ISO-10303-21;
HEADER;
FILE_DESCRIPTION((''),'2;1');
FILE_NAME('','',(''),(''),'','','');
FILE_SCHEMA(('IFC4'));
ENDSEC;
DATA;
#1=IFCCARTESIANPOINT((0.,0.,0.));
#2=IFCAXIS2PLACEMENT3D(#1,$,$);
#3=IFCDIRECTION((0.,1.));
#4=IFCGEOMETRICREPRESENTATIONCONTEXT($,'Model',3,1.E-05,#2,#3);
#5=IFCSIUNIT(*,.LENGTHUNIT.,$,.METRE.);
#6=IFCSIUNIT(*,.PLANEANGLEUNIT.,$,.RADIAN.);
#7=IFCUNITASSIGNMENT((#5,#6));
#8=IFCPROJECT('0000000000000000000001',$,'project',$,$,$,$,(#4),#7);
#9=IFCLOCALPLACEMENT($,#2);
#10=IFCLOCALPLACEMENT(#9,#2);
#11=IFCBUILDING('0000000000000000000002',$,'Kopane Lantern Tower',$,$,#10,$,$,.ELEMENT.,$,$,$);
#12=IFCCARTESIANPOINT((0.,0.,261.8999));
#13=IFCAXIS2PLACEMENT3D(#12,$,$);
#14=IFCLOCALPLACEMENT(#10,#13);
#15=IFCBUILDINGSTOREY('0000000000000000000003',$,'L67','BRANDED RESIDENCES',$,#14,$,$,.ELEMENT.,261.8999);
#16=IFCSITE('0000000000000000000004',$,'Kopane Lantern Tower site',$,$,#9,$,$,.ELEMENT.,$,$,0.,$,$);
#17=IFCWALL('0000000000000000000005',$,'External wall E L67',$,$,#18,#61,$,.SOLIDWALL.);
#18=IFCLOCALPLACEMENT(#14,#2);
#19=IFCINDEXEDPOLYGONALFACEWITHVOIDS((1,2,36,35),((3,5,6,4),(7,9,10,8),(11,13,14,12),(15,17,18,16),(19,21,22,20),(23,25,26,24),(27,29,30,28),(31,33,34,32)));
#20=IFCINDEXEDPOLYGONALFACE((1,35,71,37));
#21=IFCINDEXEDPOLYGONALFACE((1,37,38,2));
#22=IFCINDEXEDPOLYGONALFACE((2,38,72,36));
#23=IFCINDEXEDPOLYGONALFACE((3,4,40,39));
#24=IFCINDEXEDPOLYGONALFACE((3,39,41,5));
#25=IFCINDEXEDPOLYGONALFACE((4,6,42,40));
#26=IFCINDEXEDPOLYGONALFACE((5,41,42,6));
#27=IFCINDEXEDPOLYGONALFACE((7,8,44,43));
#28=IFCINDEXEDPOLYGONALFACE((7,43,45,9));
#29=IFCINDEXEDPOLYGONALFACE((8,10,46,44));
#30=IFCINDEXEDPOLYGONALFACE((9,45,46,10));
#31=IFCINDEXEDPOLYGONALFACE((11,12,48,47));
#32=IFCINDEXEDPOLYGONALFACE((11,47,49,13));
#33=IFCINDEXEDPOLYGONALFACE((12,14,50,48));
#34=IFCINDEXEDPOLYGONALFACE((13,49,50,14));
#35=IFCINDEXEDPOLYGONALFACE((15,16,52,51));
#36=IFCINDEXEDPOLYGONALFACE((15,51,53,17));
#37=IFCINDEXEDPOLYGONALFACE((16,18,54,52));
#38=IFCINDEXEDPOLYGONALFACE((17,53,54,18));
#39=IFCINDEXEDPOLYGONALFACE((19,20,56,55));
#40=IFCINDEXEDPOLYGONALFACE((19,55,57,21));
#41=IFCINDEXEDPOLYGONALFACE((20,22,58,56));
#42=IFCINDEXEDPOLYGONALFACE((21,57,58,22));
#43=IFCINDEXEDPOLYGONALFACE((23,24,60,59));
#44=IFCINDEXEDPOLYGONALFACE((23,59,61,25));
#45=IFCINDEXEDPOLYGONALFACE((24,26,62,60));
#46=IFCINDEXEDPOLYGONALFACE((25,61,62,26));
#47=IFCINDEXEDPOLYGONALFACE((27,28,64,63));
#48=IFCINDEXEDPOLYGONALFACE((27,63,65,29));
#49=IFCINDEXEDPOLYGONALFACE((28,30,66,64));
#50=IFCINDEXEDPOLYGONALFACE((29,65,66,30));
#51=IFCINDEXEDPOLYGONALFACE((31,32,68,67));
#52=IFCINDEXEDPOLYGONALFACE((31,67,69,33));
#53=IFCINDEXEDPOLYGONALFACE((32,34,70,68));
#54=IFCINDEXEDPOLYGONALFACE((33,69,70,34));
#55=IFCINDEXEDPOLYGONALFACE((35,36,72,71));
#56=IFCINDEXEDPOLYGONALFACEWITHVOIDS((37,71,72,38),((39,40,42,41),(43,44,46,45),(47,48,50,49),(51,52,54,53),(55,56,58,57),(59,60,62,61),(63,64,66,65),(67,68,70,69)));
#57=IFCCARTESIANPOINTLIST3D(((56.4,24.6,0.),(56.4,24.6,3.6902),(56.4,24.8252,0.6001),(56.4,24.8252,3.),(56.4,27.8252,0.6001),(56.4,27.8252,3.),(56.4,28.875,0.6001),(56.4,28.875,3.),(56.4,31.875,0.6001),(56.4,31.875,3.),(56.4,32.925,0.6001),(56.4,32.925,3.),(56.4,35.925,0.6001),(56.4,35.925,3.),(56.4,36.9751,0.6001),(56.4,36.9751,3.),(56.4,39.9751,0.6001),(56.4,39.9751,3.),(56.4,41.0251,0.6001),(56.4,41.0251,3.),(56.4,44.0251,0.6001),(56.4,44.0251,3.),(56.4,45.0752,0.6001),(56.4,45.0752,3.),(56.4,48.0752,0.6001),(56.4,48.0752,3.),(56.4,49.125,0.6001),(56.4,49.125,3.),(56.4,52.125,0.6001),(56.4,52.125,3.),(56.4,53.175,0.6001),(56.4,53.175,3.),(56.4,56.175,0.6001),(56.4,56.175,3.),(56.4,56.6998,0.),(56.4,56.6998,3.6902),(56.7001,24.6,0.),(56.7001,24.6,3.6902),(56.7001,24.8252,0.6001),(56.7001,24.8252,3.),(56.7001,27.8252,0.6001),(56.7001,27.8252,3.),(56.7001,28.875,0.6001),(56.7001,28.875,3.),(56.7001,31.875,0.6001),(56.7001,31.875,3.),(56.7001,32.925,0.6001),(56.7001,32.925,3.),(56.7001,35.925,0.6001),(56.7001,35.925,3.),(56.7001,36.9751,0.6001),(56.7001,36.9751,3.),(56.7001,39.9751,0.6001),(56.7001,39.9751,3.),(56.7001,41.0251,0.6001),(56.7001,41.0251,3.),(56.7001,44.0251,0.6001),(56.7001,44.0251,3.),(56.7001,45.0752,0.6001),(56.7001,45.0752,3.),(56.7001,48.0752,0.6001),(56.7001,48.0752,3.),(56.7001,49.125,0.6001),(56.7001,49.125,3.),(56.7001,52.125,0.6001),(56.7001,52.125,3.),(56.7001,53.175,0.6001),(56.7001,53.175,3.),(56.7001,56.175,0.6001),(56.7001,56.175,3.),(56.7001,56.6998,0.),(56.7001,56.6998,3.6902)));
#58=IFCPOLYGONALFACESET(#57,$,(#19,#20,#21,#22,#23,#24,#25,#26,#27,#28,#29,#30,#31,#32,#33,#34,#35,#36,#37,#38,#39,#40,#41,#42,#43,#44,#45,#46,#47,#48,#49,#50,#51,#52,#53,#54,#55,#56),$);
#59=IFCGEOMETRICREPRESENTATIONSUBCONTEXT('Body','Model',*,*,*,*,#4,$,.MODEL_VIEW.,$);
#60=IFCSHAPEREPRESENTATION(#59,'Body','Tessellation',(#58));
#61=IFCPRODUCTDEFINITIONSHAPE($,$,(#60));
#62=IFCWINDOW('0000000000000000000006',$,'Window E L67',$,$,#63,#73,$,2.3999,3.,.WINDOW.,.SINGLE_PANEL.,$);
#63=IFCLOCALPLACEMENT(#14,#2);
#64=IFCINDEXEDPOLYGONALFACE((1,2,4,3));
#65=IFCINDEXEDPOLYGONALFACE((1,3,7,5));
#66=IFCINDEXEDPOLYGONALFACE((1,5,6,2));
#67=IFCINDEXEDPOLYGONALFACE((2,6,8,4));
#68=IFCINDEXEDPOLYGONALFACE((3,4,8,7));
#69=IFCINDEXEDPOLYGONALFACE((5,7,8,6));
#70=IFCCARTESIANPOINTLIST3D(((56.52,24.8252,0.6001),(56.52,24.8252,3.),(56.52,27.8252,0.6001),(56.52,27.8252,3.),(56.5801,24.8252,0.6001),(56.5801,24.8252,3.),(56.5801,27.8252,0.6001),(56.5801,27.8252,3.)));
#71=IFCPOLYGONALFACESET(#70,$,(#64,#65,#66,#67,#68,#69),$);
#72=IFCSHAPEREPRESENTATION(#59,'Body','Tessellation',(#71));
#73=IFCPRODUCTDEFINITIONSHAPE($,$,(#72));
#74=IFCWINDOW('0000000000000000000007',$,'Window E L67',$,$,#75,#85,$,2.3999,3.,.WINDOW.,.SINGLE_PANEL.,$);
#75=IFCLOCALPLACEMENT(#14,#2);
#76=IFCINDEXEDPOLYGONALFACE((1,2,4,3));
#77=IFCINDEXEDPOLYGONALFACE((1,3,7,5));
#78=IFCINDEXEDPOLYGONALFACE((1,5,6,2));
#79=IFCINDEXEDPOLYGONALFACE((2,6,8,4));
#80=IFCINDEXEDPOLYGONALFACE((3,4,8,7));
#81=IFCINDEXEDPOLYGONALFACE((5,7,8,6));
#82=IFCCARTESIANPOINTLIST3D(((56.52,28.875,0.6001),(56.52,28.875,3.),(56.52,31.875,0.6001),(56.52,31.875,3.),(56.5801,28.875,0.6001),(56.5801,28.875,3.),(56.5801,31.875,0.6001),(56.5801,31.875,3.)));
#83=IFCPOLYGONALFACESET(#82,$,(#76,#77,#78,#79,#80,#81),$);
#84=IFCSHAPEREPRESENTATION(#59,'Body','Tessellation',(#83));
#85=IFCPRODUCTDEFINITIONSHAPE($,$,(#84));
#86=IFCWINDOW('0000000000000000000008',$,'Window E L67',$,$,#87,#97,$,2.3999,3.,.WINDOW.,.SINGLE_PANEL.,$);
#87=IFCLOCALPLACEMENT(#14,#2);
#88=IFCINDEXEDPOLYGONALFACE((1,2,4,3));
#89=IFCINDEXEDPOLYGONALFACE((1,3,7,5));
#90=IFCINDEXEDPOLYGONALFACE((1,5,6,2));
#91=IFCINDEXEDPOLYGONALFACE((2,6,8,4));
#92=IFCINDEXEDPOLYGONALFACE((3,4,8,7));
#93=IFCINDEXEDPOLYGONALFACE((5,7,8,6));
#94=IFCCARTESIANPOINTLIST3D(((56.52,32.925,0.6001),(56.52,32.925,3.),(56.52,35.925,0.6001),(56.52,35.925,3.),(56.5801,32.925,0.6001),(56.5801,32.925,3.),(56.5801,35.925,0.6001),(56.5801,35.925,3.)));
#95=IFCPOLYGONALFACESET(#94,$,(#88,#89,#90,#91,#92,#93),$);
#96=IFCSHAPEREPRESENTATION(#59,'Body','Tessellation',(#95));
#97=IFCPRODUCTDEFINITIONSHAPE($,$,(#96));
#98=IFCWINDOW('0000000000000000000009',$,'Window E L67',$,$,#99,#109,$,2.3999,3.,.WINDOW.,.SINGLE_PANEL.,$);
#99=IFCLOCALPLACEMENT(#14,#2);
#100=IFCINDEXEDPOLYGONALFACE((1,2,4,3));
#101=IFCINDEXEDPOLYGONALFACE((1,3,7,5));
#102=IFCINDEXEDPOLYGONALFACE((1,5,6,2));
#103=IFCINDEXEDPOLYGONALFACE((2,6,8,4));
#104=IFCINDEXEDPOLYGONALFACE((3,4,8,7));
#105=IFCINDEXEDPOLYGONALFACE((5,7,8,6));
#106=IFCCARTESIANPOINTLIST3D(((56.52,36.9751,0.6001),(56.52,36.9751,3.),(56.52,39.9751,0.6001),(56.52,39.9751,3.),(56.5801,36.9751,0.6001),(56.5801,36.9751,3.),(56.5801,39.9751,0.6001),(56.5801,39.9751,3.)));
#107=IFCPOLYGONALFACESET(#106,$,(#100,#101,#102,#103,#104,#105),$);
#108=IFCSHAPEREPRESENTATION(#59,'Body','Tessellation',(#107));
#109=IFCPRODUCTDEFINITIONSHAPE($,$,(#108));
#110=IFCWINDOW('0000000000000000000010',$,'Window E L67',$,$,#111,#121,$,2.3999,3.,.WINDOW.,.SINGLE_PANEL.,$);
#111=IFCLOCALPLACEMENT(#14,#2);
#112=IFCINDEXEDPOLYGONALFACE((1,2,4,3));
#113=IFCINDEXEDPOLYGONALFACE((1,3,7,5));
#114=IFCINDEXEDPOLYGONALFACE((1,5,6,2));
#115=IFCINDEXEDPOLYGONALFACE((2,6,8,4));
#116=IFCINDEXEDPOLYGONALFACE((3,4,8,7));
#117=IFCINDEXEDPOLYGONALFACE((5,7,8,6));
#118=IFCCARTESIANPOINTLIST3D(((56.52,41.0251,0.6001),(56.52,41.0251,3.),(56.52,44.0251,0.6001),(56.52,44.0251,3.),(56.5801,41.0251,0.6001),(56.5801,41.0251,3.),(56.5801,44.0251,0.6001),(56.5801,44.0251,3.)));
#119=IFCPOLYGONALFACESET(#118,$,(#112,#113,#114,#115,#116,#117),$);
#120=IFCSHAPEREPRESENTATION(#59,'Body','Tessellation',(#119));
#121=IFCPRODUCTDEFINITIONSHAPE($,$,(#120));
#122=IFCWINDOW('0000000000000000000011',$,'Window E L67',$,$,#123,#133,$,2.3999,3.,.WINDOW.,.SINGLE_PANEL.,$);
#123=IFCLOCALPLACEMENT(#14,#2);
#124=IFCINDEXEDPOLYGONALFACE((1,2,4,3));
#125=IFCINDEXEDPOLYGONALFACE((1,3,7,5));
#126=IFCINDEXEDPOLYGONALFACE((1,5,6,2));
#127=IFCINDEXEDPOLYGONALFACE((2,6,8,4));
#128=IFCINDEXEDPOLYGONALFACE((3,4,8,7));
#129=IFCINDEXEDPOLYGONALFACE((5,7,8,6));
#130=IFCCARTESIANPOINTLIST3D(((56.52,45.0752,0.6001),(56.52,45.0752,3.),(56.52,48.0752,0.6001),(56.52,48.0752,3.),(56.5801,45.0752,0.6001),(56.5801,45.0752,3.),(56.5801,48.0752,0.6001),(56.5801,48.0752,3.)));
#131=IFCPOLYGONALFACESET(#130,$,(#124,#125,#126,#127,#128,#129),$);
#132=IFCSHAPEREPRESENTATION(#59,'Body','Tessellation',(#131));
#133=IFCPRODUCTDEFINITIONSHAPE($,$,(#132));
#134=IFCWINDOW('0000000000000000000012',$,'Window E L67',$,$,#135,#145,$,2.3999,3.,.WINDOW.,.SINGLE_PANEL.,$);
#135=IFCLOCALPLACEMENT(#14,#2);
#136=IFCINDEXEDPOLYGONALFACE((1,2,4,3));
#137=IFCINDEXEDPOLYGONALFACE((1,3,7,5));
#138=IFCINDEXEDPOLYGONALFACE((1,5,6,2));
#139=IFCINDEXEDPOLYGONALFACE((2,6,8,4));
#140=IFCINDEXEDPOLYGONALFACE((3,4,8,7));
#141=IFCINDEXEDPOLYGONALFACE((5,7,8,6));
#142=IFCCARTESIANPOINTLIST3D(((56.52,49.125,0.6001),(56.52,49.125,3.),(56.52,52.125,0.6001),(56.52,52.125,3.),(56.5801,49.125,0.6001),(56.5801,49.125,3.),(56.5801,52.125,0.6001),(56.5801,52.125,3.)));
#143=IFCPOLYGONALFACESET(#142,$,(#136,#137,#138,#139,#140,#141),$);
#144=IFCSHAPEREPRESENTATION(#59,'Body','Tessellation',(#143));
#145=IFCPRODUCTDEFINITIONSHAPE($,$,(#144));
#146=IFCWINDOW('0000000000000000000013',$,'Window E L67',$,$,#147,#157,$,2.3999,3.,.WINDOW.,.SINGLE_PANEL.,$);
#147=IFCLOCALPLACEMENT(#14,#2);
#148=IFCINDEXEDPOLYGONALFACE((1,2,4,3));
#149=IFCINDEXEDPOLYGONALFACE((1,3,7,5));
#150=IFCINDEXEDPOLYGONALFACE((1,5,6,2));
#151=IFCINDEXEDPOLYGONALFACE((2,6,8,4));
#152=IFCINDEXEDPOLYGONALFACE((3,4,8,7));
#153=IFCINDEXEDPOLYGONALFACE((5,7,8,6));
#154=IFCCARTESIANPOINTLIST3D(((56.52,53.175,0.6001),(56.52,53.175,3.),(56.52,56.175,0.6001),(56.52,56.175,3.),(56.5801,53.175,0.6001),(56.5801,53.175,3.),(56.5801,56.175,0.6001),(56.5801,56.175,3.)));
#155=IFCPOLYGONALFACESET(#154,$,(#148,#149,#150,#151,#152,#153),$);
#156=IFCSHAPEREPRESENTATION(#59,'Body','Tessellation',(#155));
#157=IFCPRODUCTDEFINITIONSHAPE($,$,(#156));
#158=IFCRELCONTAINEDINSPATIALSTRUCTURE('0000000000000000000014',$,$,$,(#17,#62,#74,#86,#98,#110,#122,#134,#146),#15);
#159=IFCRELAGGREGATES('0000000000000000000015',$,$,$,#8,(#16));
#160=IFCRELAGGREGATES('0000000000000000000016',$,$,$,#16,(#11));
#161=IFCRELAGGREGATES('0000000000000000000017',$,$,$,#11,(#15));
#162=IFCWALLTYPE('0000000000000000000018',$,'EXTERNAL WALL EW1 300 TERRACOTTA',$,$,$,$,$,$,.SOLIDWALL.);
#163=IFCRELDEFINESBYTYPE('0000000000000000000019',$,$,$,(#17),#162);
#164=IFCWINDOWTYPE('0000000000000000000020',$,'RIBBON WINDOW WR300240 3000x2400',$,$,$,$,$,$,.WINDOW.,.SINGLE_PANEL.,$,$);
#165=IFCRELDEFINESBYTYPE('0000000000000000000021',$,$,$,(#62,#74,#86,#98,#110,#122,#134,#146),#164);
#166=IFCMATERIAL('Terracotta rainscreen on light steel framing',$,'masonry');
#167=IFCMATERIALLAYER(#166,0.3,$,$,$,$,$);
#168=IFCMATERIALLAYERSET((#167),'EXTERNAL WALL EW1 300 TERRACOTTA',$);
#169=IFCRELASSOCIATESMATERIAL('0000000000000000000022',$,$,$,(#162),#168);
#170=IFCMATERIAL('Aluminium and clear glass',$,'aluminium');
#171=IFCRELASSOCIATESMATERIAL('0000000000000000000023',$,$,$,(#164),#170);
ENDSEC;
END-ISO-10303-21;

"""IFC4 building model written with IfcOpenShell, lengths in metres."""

from ifc_helpers import new_model, si_unit, direction, frame, frame_2d, origin, place, context, subcontext, project, spatial, rectangle, extrude, material, layer, layer_set, type_object, element, fill, save


model = new_model("IFC4")

# Units and contexts
model_context = context("Model", 3, precision=1e-05, world=origin(), true_north=direction((0.0, 1.0)))
body_context = subcontext(model_context, "Body", "Model", "MODEL_VIEW")
ifc_project = project(units=[si_unit("LENGTHUNIT", "METRE"), si_unit("PLANEANGLEUNIT", "RADIAN")], contexts=[model_context])

# Site, building, storey
site_placement = place(None, origin())
site = spatial("IfcSite", under=ifc_project, at=site_placement, Name="Kopane Lantern Tower site", CompositionType="ELEMENT", RefElevation=0.0)
building_placement = place(site_placement, origin())
building = spatial("IfcBuilding", under=site, at=building_placement, Name="Kopane Lantern Tower", CompositionType="ELEMENT")
storey_placement = place(building_placement, frame((0.0, 0.0, 261.8999)))
storey = spatial("IfcBuildingStorey", under=building, at=storey_placement, Name="L67", Description="BRANDED RESIDENCES", CompositionType="ELEMENT", Elevation=261.8999)

# Shared definitions
ifc_material_1 = material(Name="Terracotta rainscreen on light steel framing", Category="masonry")
ifc_layer_1 = layer(ifc_material_1, 0.3)
ifc_layer_set_1 = layer_set([ifc_layer_1], Name="EXTERNAL WALL EW1 300 TERRACOTTA")
wall_type_1 = type_object("IfcWallType", Name="EXTERNAL WALL EW1 300 TERRACOTTA", PredefinedType="SOLIDWALL", material=ifc_layer_set_1)

# Wall, openings, windows
wall_1_placement = place(storey_placement, frame((56.55, 24.6001, 0.0), z_axis=(0.0, 0.0, 1.0), x_axis=(0.0, 1.0, 0.0)))
wall_1 = element("IfcWall", 1, at=wall_1_placement, inside=storey, type_object=wall_type_1, Name="External wall E L67", PredefinedType="SOLIDWALL", context=body_context, shape_type="SweptSolid", body=[
    extrude(rectangle(XDim=32.0999, YDim=0.3, at=frame_2d((16.0498, 0.0))), origin(), (0.0, 0.0, 1.0), 3.6902),
])
opening_1_placement = place(wall_1_placement, frame((0.2251, 0.0, 0.6001)))
opening_1 = element("IfcOpeningElement", 2, at=opening_1_placement, cuts=wall_1, PredefinedType="OPENING", context=body_context, shape_type="SweptSolid", body=[
    extrude(rectangle(XDim=3.0, YDim=2.3999, at=frame_2d((1.5, 1.2))), frame((0.0, 0.1599, 0.0), z_axis=(0.0, -1.0, 0.0), x_axis=(1.0, 0.0, 0.0)), (0.0, 0.0, 1.0), 0.3201),
])
opening_2_placement = place(wall_1_placement, frame((4.2749, 0.0, 0.6001)))
opening_2 = element("IfcOpeningElement", 3, at=opening_2_placement, cuts=wall_1, PredefinedType="OPENING", context=body_context, shape_type="SweptSolid", body=[
    extrude(rectangle(XDim=3.0, YDim=2.3999, at=frame_2d((1.5, 1.2))), frame((0.0, 0.1599, 0.0), z_axis=(0.0, -1.0, 0.0), x_axis=(1.0, 0.0, 0.0)), (0.0, 0.0, 1.0), 0.3201),
])
opening_3_placement = place(wall_1_placement, frame((8.325, 0.0, 0.6001)))
opening_3 = element("IfcOpeningElement", 4, at=opening_3_placement, cuts=wall_1, PredefinedType="OPENING", context=body_context, shape_type="SweptSolid", body=[
    extrude(rectangle(XDim=3.0, YDim=2.3999, at=frame_2d((1.5, 1.2))), frame((0.0, 0.1599, 0.0), z_axis=(0.0, -1.0, 0.0), x_axis=(1.0, 0.0, 0.0)), (0.0, 0.0, 1.0), 0.3201),
])
opening_4_placement = place(wall_1_placement, frame((12.375, 0.0, 0.6001)))
opening_4 = element("IfcOpeningElement", 5, at=opening_4_placement, cuts=wall_1, PredefinedType="OPENING", context=body_context, shape_type="SweptSolid", body=[
    extrude(rectangle(XDim=3.0, YDim=2.3999, at=frame_2d((1.5, 1.2))), frame((0.0, 0.1599, 0.0), z_axis=(0.0, -1.0, 0.0), x_axis=(1.0, 0.0, 0.0)), (0.0, 0.0, 1.0), 0.3201),
])
opening_5_placement = place(wall_1_placement, frame((16.425, 0.0, 0.6001)))
opening_5 = element("IfcOpeningElement", 6, at=opening_5_placement, cuts=wall_1, PredefinedType="OPENING", context=body_context, shape_type="SweptSolid", body=[
    extrude(rectangle(XDim=3.0, YDim=2.3999, at=frame_2d((1.5, 1.2))), frame((0.0, 0.1599, 0.0), z_axis=(0.0, -1.0, 0.0), x_axis=(1.0, 0.0, 0.0)), (0.0, 0.0, 1.0), 0.3201),
])
opening_6_placement = place(wall_1_placement, frame((20.4751, 0.0, 0.6001)))
opening_6 = element("IfcOpeningElement", 7, at=opening_6_placement, cuts=wall_1, PredefinedType="OPENING", context=body_context, shape_type="SweptSolid", body=[
    extrude(rectangle(XDim=3.0, YDim=2.3999, at=frame_2d((1.5, 1.2))), frame((0.0, 0.1599, 0.0), z_axis=(0.0, -1.0, 0.0), x_axis=(1.0, 0.0, 0.0)), (0.0, 0.0, 1.0), 0.3201),
])
opening_7_placement = place(wall_1_placement, frame((24.5249, 0.0, 0.6001)))
opening_7 = element("IfcOpeningElement", 8, at=opening_7_placement, cuts=wall_1, PredefinedType="OPENING", context=body_context, shape_type="SweptSolid", body=[
    extrude(rectangle(XDim=3.0, YDim=2.3999, at=frame_2d((1.5, 1.2))), frame((0.0, 0.1599, 0.0), z_axis=(0.0, -1.0, 0.0), x_axis=(1.0, 0.0, 0.0)), (0.0, 0.0, 1.0), 0.3201),
])
opening_8_placement = place(wall_1_placement, frame((28.575, 0.0, 0.6001)))
opening_8 = element("IfcOpeningElement", 9, at=opening_8_placement, cuts=wall_1, PredefinedType="OPENING", context=body_context, shape_type="SweptSolid", body=[
    extrude(rectangle(XDim=3.0, YDim=2.3999, at=frame_2d((1.5, 1.2))), frame((0.0, 0.1599, 0.0), z_axis=(0.0, -1.0, 0.0), x_axis=(1.0, 0.0, 0.0)), (0.0, 0.0, 1.0), 0.3201),
])
ifc_material_2 = material(Name="Aluminium and clear glass", Category="aluminium")
window_type_1 = type_object("IfcWindowType", Name="RIBBON WINDOW WR300240 3000x2400", PartitioningType="SINGLE_PANEL", PredefinedType="WINDOW", material=ifc_material_2)
window_1_placement = place(opening_1_placement, origin())
window_1 = element("IfcWindow", 10, at=window_1_placement, inside=storey, type_object=window_type_1, Name="Window E L67", OverallHeight=2.3999, OverallWidth=3.0, PartitioningType="SINGLE_PANEL", PredefinedType="WINDOW", context=body_context, shape_type="SweptSolid", body=[
    extrude(rectangle(XDim=3.0, YDim=2.3999, at=frame_2d((1.5, 1.2))), frame((0.0, 0.03, 0.0), z_axis=(0.0, -1.0, 0.0), x_axis=(1.0, 0.0, 0.0)), (0.0, 0.0, 1.0), 0.0601),
])
fill(opening_1, window_1)
window_2_placement = place(opening_2_placement, origin())
window_2 = element("IfcWindow", 11, at=window_2_placement, inside=storey, type_object=window_type_1, Name="Window E L67", OverallHeight=2.3999, OverallWidth=3.0, PartitioningType="SINGLE_PANEL", PredefinedType="WINDOW", context=body_context, shape_type="SweptSolid", body=[
    extrude(rectangle(XDim=3.0, YDim=2.3999, at=frame_2d((1.5, 1.2))), frame((0.0, 0.03, 0.0), z_axis=(0.0, -1.0, 0.0), x_axis=(1.0, 0.0, 0.0)), (0.0, 0.0, 1.0), 0.0601),
])
fill(opening_2, window_2)
window_3_placement = place(opening_3_placement, origin())
window_3 = element("IfcWindow", 12, at=window_3_placement, inside=storey, type_object=window_type_1, Name="Window E L67", OverallHeight=2.3999, OverallWidth=3.0, PartitioningType="SINGLE_PANEL", PredefinedType="WINDOW", context=body_context, shape_type="SweptSolid", body=[
    extrude(rectangle(XDim=3.0, YDim=2.3999, at=frame_2d((1.5, 1.2))), frame((0.0, 0.03, 0.0), z_axis=(0.0, -1.0, 0.0), x_axis=(1.0, 0.0, 0.0)), (0.0, 0.0, 1.0), 0.0601),
])
fill(opening_3, window_3)
window_4_placement = place(opening_4_placement, origin())
window_4 = element("IfcWindow", 13, at=window_4_placement, inside=storey, type_object=window_type_1, Name="Window E L67", OverallHeight=2.3999, OverallWidth=3.0, PartitioningType="SINGLE_PANEL", PredefinedType="WINDOW", context=body_context, shape_type="SweptSolid", body=[
    extrude(rectangle(XDim=3.0, YDim=2.3999, at=frame_2d((1.5, 1.2))), frame((0.0, 0.03, 0.0), z_axis=(0.0, -1.0, 0.0), x_axis=(1.0, 0.0, 0.0)), (0.0, 0.0, 1.0), 0.0601),
])
fill(opening_4, window_4)
window_5_placement = place(opening_5_placement, origin())
window_5 = element("IfcWindow", 14, at=window_5_placement, inside=storey, type_object=window_type_1, Name="Window E L67", OverallHeight=2.3999, OverallWidth=3.0, PartitioningType="SINGLE_PANEL", PredefinedType="WINDOW", context=body_context, shape_type="SweptSolid", body=[
    extrude(rectangle(XDim=3.0, YDim=2.3999, at=frame_2d((1.5, 1.2))), frame((0.0, 0.03, 0.0), z_axis=(0.0, -1.0, 0.0), x_axis=(1.0, 0.0, 0.0)), (0.0, 0.0, 1.0), 0.0601),
])
fill(opening_5, window_5)
window_6_placement = place(opening_6_placement, origin())
window_6 = element("IfcWindow", 15, at=window_6_placement, inside=storey, type_object=window_type_1, Name="Window E L67", OverallHeight=2.3999, OverallWidth=3.0, PartitioningType="SINGLE_PANEL", PredefinedType="WINDOW", context=body_context, shape_type="SweptSolid", body=[
    extrude(rectangle(XDim=3.0, YDim=2.3999, at=frame_2d((1.5, 1.2))), frame((0.0, 0.03, 0.0), z_axis=(0.0, -1.0, 0.0), x_axis=(1.0, 0.0, 0.0)), (0.0, 0.0, 1.0), 0.0601),
])
fill(opening_6, window_6)
window_7_placement = place(opening_7_placement, origin())
window_7 = element("IfcWindow", 16, at=window_7_placement, inside=storey, type_object=window_type_1, Name="Window E L67", OverallHeight=2.3999, OverallWidth=3.0, PartitioningType="SINGLE_PANEL", PredefinedType="WINDOW", context=body_context, shape_type="SweptSolid", body=[
    extrude(rectangle(XDim=3.0, YDim=2.3999, at=frame_2d((1.5, 1.2))), frame((0.0, 0.03, 0.0), z_axis=(0.0, -1.0, 0.0), x_axis=(1.0, 0.0, 0.0)), (0.0, 0.0, 1.0), 0.0601),
])
fill(opening_7, window_7)
window_8_placement = place(opening_8_placement, origin())
window_8 = element("IfcWindow", 17, at=window_8_placement, inside=storey, type_object=window_type_1, Name="Window E L67", OverallHeight=2.3999, OverallWidth=3.0, PartitioningType="SINGLE_PANEL", PredefinedType="WINDOW", context=body_context, shape_type="SweptSolid", body=[
    extrude(rectangle(XDim=3.0, YDim=2.3999, at=frame_2d((1.5, 1.2))), frame((0.0, 0.03, 0.0), z_axis=(0.0, -1.0, 0.0), x_axis=(1.0, 0.0, 0.0)), (0.0, 0.0, 1.0), 0.0601),
])
fill(opening_8, window_8)

save(model, "model.ifc")
